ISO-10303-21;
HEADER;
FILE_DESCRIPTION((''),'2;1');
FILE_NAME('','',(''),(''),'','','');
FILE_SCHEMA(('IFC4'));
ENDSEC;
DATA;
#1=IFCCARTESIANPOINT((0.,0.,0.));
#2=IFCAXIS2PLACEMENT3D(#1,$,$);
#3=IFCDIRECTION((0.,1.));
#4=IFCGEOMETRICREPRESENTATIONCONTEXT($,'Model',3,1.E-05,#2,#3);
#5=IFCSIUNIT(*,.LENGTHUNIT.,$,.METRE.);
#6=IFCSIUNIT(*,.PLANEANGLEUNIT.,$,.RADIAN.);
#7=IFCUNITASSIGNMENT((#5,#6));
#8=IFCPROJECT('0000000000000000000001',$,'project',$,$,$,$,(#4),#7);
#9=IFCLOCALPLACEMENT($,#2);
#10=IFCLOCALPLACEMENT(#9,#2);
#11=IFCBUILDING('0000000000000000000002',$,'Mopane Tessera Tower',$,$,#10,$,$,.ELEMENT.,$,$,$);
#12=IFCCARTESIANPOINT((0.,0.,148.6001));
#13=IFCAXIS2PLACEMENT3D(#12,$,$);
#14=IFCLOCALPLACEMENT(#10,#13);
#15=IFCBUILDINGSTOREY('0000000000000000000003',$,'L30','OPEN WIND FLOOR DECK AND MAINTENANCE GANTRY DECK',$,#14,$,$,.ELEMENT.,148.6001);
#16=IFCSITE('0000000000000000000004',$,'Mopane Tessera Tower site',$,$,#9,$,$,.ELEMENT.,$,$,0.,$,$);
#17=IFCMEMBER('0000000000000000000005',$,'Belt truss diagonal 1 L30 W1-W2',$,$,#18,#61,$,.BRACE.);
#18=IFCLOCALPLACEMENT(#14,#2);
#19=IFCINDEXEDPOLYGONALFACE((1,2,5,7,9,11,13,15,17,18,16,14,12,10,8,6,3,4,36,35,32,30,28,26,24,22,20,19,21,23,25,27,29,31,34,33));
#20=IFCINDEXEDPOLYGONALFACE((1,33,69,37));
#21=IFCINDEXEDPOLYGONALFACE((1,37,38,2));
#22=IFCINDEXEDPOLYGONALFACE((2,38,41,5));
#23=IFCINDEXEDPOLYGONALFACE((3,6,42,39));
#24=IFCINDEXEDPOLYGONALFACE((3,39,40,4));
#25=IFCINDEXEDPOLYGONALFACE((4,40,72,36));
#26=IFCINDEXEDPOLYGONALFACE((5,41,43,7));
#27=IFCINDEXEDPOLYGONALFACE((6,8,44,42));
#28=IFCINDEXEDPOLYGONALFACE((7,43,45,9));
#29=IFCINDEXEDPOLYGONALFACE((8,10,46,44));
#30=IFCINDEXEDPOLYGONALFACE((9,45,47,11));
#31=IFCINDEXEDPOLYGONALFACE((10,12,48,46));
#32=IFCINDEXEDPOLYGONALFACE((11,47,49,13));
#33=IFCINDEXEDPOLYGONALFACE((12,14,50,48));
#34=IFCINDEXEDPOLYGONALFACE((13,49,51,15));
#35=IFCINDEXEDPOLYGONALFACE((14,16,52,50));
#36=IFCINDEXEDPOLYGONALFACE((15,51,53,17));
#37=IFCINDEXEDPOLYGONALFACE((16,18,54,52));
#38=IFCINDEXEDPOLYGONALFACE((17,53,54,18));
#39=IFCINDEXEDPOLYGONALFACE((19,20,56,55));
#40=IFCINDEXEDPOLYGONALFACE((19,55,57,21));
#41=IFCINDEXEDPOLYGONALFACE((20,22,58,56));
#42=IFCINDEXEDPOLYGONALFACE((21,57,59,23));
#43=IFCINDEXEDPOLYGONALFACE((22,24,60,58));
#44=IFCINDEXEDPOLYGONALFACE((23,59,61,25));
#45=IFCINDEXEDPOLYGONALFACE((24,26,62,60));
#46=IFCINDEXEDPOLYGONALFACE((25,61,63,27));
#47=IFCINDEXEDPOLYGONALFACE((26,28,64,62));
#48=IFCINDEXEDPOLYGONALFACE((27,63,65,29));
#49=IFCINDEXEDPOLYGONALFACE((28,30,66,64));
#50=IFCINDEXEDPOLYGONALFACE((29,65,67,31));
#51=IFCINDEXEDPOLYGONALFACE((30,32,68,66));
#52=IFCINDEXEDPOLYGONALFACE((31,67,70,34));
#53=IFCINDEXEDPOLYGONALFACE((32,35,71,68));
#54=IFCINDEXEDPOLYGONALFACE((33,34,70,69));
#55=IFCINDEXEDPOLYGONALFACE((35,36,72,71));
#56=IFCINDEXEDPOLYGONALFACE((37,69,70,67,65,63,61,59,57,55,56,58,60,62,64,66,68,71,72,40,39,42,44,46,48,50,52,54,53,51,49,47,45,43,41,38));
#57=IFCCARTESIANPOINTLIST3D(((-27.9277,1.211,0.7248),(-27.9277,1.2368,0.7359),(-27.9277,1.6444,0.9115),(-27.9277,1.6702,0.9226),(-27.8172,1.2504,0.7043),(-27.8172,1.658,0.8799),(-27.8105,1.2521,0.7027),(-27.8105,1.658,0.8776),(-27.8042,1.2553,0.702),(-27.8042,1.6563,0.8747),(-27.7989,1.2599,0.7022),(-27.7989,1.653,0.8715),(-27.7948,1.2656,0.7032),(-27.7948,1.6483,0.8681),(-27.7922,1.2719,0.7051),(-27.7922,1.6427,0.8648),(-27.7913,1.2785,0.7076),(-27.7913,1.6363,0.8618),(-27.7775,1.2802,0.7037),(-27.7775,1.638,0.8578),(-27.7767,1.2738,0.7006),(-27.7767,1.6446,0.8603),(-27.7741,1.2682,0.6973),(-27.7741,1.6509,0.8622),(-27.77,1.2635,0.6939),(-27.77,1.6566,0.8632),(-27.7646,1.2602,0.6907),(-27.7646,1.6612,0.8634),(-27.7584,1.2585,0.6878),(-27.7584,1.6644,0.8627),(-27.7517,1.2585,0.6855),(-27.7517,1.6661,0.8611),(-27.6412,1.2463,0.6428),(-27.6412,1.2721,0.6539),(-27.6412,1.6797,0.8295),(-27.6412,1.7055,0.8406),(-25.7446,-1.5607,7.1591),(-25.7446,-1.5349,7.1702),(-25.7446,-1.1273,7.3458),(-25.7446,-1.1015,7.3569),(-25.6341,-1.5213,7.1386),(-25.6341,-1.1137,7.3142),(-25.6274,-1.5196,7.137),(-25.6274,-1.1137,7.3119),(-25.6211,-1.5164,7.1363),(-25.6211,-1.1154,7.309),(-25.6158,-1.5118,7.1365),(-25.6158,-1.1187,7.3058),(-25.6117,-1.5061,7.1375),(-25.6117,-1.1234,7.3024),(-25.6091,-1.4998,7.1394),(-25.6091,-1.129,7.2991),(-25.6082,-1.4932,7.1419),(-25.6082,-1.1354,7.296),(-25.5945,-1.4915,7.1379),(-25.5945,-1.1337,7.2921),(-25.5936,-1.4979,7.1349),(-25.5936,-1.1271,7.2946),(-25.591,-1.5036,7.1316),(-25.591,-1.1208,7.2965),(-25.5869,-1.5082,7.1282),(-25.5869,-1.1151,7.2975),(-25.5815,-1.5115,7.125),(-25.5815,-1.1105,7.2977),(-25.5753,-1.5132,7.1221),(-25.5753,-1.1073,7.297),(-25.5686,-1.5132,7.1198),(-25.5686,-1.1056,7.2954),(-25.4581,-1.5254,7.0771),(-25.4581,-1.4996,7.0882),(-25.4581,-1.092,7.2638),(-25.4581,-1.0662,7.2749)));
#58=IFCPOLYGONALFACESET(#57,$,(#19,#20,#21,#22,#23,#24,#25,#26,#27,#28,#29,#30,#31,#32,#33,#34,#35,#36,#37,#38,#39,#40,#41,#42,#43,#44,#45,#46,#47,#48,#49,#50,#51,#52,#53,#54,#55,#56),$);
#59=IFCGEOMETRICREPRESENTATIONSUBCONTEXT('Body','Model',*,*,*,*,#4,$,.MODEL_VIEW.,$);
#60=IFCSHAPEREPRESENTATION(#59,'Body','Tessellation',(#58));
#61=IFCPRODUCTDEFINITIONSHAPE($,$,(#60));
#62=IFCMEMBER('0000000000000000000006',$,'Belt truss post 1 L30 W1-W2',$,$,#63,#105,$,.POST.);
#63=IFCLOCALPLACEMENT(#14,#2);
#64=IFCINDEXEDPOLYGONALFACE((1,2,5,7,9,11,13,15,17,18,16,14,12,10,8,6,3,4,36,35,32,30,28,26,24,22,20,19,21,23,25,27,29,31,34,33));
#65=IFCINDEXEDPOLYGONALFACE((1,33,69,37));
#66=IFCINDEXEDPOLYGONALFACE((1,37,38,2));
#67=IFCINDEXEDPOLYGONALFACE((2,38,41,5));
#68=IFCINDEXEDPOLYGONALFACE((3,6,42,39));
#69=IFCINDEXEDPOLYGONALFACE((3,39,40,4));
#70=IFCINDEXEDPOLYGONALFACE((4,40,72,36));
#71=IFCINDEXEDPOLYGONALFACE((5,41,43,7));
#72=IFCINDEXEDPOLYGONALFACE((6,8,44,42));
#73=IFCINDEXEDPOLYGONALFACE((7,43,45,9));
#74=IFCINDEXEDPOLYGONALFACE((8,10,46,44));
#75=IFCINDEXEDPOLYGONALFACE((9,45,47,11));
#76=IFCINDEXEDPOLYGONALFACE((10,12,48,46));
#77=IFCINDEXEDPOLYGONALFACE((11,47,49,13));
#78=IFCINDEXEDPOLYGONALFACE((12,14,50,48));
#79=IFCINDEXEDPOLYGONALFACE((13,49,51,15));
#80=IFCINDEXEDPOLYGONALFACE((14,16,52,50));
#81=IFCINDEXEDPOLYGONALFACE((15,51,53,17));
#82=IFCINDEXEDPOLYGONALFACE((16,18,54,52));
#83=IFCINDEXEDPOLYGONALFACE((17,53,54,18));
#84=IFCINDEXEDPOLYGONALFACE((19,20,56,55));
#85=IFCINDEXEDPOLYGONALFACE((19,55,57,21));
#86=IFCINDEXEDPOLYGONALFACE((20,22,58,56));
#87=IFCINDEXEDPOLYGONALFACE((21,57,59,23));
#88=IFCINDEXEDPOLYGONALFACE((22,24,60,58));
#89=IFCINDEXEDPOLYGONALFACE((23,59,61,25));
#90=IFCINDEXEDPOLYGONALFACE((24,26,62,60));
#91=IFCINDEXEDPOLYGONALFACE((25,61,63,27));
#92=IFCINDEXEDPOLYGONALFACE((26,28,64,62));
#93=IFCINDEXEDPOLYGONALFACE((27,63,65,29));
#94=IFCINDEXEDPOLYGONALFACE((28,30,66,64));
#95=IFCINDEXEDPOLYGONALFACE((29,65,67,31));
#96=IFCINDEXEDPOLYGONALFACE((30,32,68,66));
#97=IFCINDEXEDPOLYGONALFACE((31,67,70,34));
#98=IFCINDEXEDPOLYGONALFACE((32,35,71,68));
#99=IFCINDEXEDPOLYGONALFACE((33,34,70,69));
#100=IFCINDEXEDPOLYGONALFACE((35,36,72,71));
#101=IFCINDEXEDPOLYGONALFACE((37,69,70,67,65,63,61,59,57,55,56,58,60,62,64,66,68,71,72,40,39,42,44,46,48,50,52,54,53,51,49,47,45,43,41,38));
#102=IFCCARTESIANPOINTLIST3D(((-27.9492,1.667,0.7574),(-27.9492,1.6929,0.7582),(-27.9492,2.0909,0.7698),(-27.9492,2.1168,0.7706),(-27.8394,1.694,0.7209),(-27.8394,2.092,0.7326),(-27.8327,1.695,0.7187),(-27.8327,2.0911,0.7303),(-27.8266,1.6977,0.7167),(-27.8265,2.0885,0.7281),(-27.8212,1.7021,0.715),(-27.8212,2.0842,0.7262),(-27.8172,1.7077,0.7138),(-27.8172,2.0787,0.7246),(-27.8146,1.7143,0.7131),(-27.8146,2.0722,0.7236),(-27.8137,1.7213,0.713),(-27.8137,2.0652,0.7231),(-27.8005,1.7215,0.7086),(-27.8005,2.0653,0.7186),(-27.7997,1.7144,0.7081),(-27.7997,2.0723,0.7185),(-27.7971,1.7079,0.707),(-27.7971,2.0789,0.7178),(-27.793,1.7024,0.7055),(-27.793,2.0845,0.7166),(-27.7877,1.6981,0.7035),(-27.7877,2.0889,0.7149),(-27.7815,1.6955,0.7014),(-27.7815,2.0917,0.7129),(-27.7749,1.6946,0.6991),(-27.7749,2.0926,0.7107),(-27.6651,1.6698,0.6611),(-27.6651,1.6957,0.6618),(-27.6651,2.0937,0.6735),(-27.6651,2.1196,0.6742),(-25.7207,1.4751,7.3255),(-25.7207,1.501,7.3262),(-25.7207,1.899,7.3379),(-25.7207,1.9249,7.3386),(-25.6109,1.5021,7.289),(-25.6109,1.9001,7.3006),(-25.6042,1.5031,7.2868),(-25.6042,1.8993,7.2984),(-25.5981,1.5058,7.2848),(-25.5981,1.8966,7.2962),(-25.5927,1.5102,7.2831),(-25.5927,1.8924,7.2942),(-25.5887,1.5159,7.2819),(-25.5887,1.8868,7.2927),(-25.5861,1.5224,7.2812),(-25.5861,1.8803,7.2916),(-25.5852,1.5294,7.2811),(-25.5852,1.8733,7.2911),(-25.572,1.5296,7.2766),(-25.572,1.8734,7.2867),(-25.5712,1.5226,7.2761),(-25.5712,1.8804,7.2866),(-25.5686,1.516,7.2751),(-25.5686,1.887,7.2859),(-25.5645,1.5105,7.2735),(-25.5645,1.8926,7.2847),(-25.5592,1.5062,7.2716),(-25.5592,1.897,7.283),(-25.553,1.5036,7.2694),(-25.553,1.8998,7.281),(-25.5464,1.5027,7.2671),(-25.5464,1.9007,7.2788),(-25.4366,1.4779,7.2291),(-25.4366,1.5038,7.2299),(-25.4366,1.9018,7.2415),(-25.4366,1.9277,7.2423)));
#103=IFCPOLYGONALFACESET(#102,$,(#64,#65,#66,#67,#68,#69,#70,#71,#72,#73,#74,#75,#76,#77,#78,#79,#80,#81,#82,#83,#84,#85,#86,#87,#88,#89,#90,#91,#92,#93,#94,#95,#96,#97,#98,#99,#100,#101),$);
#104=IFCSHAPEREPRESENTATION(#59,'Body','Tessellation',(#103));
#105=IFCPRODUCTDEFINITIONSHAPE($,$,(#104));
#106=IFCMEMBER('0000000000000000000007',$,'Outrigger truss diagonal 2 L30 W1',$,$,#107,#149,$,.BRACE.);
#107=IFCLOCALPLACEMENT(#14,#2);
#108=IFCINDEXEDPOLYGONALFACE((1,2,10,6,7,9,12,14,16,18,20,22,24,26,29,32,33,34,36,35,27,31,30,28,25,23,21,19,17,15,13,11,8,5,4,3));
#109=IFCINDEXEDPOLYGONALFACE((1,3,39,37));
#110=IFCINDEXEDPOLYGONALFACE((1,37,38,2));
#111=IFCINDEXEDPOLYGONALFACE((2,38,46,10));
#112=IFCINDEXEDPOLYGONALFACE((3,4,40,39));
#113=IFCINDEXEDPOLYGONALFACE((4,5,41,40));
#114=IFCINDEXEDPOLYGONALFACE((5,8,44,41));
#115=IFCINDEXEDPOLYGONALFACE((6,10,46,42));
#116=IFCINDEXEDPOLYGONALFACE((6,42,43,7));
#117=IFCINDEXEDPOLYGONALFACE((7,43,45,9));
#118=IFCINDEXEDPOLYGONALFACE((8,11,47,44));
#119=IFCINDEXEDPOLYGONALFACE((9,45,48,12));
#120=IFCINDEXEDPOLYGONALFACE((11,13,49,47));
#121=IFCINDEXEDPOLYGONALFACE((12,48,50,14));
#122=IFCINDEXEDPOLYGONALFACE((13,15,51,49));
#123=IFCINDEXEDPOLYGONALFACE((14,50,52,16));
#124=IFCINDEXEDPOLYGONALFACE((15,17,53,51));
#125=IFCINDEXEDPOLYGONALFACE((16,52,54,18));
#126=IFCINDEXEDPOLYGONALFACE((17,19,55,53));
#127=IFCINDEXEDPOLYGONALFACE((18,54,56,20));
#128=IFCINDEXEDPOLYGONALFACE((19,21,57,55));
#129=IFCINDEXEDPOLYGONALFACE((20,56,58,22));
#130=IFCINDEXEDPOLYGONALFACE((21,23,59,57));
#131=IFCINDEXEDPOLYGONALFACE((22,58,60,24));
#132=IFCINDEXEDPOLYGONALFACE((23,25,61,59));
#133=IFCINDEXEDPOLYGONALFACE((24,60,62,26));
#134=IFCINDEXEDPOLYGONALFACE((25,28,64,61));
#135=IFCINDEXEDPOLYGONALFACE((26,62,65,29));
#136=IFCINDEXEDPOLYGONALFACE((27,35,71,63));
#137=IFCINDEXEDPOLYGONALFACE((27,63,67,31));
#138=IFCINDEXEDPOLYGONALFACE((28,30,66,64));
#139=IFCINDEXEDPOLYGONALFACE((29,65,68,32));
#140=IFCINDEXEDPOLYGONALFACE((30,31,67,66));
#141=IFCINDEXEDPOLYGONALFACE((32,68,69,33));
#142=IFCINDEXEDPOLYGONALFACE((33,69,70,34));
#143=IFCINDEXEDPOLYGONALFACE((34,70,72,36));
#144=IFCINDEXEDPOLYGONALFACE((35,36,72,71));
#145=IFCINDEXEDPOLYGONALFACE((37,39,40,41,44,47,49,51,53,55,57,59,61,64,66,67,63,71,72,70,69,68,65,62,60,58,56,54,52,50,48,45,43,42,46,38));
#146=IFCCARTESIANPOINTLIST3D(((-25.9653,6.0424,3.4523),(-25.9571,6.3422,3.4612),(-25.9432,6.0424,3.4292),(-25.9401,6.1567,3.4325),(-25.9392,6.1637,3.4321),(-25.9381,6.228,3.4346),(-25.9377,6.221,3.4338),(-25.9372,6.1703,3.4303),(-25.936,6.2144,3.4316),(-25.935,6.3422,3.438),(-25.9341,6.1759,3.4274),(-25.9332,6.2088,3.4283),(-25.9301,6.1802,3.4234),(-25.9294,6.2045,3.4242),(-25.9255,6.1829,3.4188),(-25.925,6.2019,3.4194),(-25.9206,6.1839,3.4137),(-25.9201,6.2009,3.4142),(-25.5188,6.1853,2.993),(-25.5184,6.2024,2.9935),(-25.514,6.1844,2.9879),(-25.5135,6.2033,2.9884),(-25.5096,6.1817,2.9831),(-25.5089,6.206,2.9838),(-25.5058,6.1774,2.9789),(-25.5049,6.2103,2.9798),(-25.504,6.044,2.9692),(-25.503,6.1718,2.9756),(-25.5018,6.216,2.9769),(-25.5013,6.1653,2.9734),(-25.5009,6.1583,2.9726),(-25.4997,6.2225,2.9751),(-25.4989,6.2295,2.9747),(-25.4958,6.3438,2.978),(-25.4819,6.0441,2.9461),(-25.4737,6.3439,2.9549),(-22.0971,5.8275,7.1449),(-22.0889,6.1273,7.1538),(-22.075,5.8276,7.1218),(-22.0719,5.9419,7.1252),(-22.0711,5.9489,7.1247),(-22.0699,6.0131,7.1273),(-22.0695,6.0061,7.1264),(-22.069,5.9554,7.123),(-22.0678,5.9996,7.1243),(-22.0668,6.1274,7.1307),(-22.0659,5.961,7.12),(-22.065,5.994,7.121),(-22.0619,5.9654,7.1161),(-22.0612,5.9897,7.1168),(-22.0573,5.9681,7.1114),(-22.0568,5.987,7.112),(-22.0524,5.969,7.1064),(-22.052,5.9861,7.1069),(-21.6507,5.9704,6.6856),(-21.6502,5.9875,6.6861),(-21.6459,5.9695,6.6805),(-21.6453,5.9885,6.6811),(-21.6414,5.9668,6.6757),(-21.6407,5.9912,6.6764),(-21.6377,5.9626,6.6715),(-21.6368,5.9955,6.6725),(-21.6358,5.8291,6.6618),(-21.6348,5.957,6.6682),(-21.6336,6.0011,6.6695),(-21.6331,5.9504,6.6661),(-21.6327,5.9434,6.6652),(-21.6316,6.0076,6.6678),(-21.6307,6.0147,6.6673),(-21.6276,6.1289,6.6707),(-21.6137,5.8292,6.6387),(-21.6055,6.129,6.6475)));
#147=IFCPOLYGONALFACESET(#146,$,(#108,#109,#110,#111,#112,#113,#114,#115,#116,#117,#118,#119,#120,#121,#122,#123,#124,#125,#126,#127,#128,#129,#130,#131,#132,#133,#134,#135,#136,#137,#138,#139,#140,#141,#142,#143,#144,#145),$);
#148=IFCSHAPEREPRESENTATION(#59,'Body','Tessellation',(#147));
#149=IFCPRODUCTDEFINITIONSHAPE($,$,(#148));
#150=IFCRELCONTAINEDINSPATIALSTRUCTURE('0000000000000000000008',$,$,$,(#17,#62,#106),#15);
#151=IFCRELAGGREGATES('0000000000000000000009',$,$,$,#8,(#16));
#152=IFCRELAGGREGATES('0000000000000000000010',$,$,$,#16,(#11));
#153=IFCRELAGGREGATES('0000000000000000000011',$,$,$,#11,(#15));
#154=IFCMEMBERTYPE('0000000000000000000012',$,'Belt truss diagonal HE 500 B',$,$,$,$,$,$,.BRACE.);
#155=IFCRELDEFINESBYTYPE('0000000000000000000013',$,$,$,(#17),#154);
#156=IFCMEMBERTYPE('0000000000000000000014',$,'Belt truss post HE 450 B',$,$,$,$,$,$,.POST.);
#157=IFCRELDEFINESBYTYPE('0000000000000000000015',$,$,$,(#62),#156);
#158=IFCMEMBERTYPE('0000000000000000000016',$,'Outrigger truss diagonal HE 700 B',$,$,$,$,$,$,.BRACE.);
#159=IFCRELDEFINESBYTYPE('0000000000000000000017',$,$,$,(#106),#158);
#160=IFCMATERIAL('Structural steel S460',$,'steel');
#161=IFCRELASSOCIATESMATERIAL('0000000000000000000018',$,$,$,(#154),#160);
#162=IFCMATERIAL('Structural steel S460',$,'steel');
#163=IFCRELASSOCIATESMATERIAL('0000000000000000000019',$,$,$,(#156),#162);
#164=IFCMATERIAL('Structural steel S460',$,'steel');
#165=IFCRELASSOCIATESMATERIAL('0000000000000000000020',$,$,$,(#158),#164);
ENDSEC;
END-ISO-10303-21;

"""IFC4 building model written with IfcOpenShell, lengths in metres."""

from ifc_helpers import new_model, si_unit, direction, frame, origin, origin_2d, place, context, subcontext, project, spatial, i_section, extrude, material, material_profile, profile_set, type_object, element, save


model = new_model("IFC4")

# Units and contexts
model_context = context("Model", 3, precision=1e-05, world=origin(), true_north=direction((0.0, 1.0)))
body_context = subcontext(model_context, "Body", "Model", "MODEL_VIEW")
ifc_project = project(units=[si_unit("LENGTHUNIT", "METRE"), si_unit("PLANEANGLEUNIT", "RADIAN")], contexts=[model_context])

# Site, building, storey
site_placement = place(None, origin())
site = spatial("IfcSite", under=ifc_project, at=site_placement, Name="Mopane Tessera Tower site", CompositionType="ELEMENT", RefElevation=0.0)
building_placement = place(site_placement, origin())
building = spatial("IfcBuilding", under=site, at=building_placement, Name="Mopane Tessera Tower", CompositionType="ELEMENT")
storey_placement = place(building_placement, frame((0.0, 0.0, 148.6001)))
storey = spatial("IfcBuildingStorey", under=building, at=storey_placement, Name="L30", Description="OPEN WIND FLOOR DECK AND MAINTENANCE GANTRY DECK", CompositionType="ELEMENT", Elevation=148.6001)

# Members
ifc_material_1 = material(Name="Structural steel S460", Category="steel")
ifc_material_profile_1 = material_profile(ifc_material_1, i_section(OverallWidth=0.3, OverallDepth=0.5, WebThickness=0.0144, FlangeThickness=0.0281, FilletRadius=0.0271, at=origin_2d()))
ifc_profile_set_1 = profile_set([ifc_material_profile_1], Name="Structural steel S460")
member_type_1 = type_object("IfcMemberType", Name="Belt truss diagonal HE 500 B", PredefinedType="BRACE", material=ifc_profile_set_1)
member_1_placement = place(storey_placement, frame((-27.7844, 1.4583, 0.7827), z_axis=(0.297499, -0.377713, 0.876828), x_axis=(0.954722, 0.117709, -0.273223)))
element("IfcMember", 1, at=member_1_placement, inside=storey, type_object=member_type_1, Name="Belt truss diagonal 1 L30 W1-W2", PredefinedType="BRACE", context=body_context, shape_type="SweptSolid", body=[
    extrude(i_section(OverallWidth=0.3, OverallDepth=0.5, WebThickness=0.0144, FlangeThickness=0.0281, FilletRadius=0.0271, at=origin_2d()), origin(), (0.0, 0.0, 1.0), 7.3381),
])
ifc_material_2 = material(Name="Structural steel S460", Category="steel")
ifc_material_profile_2 = material_profile(ifc_material_2, i_section(OverallWidth=0.3, OverallDepth=0.45, WebThickness=0.0139, FlangeThickness=0.0259, FilletRadius=0.0271, at=origin_2d()))
ifc_profile_set_2 = profile_set([ifc_material_profile_2], Name="Structural steel S460")
member_type_2 = type_object("IfcMemberType", Name="Belt truss post HE 450 B", PredefinedType="POST", material=ifc_profile_set_2)
member_2_placement = place(storey_placement, frame((-27.8071, 1.8933, 0.7158), z_axis=(0.32118, -0.027656, 0.946614), x_axis=(0.947018, 0.009369, -0.321043)))
element("IfcMember", 2, at=member_2_placement, inside=storey, type_object=member_type_2, Name="Belt truss post 1 L30 W1-W2", PredefinedType="POST", context=body_context, shape_type="SweptSolid", body=[
    extrude(i_section(OverallWidth=0.3, OverallDepth=0.45, WebThickness=0.0139, FlangeThickness=0.0259, FilletRadius=0.0271, at=origin_2d()), origin(), (0.0, 0.0, 1.0), 6.9385),
])
ifc_material_3 = material(Name="Structural steel S460", Category="steel")
ifc_material_profile_3 = material_profile(ifc_material_3, i_section(OverallWidth=0.3, OverallDepth=0.7, WebThickness=0.0171, FlangeThickness=0.032, FilletRadius=0.0271, at=origin_2d()))
ifc_profile_set_3 = profile_set([ifc_material_profile_3], Name="Structural steel S460")
member_type_3 = type_object("IfcMemberType", Name="Outrigger truss diagonal HE 700 B", PredefinedType="BRACE", material=ifc_profile_set_3)
member_3_placement = place(storey_placement, frame((-21.8513, 5.9783, 6.8962), z_axis=(-0.722746, 0.040142, -0.689947), x_axis=(-0.027358, -0.999191, -0.029477)))
element("IfcMember", 3, at=member_3_placement, inside=storey, type_object=member_type_3, Name="Outrigger truss diagonal 2 L30 W1", PredefinedType="BRACE", context=body_context, shape_type="SweptSolid", body=[
    extrude(i_section(OverallWidth=0.3, OverallDepth=0.7, WebThickness=0.0171, FlangeThickness=0.032, FilletRadius=0.0271, at=origin_2d()), origin(), (0.0, 0.0, 1.0), 5.3521),
])

save(model, "model.ifc")
